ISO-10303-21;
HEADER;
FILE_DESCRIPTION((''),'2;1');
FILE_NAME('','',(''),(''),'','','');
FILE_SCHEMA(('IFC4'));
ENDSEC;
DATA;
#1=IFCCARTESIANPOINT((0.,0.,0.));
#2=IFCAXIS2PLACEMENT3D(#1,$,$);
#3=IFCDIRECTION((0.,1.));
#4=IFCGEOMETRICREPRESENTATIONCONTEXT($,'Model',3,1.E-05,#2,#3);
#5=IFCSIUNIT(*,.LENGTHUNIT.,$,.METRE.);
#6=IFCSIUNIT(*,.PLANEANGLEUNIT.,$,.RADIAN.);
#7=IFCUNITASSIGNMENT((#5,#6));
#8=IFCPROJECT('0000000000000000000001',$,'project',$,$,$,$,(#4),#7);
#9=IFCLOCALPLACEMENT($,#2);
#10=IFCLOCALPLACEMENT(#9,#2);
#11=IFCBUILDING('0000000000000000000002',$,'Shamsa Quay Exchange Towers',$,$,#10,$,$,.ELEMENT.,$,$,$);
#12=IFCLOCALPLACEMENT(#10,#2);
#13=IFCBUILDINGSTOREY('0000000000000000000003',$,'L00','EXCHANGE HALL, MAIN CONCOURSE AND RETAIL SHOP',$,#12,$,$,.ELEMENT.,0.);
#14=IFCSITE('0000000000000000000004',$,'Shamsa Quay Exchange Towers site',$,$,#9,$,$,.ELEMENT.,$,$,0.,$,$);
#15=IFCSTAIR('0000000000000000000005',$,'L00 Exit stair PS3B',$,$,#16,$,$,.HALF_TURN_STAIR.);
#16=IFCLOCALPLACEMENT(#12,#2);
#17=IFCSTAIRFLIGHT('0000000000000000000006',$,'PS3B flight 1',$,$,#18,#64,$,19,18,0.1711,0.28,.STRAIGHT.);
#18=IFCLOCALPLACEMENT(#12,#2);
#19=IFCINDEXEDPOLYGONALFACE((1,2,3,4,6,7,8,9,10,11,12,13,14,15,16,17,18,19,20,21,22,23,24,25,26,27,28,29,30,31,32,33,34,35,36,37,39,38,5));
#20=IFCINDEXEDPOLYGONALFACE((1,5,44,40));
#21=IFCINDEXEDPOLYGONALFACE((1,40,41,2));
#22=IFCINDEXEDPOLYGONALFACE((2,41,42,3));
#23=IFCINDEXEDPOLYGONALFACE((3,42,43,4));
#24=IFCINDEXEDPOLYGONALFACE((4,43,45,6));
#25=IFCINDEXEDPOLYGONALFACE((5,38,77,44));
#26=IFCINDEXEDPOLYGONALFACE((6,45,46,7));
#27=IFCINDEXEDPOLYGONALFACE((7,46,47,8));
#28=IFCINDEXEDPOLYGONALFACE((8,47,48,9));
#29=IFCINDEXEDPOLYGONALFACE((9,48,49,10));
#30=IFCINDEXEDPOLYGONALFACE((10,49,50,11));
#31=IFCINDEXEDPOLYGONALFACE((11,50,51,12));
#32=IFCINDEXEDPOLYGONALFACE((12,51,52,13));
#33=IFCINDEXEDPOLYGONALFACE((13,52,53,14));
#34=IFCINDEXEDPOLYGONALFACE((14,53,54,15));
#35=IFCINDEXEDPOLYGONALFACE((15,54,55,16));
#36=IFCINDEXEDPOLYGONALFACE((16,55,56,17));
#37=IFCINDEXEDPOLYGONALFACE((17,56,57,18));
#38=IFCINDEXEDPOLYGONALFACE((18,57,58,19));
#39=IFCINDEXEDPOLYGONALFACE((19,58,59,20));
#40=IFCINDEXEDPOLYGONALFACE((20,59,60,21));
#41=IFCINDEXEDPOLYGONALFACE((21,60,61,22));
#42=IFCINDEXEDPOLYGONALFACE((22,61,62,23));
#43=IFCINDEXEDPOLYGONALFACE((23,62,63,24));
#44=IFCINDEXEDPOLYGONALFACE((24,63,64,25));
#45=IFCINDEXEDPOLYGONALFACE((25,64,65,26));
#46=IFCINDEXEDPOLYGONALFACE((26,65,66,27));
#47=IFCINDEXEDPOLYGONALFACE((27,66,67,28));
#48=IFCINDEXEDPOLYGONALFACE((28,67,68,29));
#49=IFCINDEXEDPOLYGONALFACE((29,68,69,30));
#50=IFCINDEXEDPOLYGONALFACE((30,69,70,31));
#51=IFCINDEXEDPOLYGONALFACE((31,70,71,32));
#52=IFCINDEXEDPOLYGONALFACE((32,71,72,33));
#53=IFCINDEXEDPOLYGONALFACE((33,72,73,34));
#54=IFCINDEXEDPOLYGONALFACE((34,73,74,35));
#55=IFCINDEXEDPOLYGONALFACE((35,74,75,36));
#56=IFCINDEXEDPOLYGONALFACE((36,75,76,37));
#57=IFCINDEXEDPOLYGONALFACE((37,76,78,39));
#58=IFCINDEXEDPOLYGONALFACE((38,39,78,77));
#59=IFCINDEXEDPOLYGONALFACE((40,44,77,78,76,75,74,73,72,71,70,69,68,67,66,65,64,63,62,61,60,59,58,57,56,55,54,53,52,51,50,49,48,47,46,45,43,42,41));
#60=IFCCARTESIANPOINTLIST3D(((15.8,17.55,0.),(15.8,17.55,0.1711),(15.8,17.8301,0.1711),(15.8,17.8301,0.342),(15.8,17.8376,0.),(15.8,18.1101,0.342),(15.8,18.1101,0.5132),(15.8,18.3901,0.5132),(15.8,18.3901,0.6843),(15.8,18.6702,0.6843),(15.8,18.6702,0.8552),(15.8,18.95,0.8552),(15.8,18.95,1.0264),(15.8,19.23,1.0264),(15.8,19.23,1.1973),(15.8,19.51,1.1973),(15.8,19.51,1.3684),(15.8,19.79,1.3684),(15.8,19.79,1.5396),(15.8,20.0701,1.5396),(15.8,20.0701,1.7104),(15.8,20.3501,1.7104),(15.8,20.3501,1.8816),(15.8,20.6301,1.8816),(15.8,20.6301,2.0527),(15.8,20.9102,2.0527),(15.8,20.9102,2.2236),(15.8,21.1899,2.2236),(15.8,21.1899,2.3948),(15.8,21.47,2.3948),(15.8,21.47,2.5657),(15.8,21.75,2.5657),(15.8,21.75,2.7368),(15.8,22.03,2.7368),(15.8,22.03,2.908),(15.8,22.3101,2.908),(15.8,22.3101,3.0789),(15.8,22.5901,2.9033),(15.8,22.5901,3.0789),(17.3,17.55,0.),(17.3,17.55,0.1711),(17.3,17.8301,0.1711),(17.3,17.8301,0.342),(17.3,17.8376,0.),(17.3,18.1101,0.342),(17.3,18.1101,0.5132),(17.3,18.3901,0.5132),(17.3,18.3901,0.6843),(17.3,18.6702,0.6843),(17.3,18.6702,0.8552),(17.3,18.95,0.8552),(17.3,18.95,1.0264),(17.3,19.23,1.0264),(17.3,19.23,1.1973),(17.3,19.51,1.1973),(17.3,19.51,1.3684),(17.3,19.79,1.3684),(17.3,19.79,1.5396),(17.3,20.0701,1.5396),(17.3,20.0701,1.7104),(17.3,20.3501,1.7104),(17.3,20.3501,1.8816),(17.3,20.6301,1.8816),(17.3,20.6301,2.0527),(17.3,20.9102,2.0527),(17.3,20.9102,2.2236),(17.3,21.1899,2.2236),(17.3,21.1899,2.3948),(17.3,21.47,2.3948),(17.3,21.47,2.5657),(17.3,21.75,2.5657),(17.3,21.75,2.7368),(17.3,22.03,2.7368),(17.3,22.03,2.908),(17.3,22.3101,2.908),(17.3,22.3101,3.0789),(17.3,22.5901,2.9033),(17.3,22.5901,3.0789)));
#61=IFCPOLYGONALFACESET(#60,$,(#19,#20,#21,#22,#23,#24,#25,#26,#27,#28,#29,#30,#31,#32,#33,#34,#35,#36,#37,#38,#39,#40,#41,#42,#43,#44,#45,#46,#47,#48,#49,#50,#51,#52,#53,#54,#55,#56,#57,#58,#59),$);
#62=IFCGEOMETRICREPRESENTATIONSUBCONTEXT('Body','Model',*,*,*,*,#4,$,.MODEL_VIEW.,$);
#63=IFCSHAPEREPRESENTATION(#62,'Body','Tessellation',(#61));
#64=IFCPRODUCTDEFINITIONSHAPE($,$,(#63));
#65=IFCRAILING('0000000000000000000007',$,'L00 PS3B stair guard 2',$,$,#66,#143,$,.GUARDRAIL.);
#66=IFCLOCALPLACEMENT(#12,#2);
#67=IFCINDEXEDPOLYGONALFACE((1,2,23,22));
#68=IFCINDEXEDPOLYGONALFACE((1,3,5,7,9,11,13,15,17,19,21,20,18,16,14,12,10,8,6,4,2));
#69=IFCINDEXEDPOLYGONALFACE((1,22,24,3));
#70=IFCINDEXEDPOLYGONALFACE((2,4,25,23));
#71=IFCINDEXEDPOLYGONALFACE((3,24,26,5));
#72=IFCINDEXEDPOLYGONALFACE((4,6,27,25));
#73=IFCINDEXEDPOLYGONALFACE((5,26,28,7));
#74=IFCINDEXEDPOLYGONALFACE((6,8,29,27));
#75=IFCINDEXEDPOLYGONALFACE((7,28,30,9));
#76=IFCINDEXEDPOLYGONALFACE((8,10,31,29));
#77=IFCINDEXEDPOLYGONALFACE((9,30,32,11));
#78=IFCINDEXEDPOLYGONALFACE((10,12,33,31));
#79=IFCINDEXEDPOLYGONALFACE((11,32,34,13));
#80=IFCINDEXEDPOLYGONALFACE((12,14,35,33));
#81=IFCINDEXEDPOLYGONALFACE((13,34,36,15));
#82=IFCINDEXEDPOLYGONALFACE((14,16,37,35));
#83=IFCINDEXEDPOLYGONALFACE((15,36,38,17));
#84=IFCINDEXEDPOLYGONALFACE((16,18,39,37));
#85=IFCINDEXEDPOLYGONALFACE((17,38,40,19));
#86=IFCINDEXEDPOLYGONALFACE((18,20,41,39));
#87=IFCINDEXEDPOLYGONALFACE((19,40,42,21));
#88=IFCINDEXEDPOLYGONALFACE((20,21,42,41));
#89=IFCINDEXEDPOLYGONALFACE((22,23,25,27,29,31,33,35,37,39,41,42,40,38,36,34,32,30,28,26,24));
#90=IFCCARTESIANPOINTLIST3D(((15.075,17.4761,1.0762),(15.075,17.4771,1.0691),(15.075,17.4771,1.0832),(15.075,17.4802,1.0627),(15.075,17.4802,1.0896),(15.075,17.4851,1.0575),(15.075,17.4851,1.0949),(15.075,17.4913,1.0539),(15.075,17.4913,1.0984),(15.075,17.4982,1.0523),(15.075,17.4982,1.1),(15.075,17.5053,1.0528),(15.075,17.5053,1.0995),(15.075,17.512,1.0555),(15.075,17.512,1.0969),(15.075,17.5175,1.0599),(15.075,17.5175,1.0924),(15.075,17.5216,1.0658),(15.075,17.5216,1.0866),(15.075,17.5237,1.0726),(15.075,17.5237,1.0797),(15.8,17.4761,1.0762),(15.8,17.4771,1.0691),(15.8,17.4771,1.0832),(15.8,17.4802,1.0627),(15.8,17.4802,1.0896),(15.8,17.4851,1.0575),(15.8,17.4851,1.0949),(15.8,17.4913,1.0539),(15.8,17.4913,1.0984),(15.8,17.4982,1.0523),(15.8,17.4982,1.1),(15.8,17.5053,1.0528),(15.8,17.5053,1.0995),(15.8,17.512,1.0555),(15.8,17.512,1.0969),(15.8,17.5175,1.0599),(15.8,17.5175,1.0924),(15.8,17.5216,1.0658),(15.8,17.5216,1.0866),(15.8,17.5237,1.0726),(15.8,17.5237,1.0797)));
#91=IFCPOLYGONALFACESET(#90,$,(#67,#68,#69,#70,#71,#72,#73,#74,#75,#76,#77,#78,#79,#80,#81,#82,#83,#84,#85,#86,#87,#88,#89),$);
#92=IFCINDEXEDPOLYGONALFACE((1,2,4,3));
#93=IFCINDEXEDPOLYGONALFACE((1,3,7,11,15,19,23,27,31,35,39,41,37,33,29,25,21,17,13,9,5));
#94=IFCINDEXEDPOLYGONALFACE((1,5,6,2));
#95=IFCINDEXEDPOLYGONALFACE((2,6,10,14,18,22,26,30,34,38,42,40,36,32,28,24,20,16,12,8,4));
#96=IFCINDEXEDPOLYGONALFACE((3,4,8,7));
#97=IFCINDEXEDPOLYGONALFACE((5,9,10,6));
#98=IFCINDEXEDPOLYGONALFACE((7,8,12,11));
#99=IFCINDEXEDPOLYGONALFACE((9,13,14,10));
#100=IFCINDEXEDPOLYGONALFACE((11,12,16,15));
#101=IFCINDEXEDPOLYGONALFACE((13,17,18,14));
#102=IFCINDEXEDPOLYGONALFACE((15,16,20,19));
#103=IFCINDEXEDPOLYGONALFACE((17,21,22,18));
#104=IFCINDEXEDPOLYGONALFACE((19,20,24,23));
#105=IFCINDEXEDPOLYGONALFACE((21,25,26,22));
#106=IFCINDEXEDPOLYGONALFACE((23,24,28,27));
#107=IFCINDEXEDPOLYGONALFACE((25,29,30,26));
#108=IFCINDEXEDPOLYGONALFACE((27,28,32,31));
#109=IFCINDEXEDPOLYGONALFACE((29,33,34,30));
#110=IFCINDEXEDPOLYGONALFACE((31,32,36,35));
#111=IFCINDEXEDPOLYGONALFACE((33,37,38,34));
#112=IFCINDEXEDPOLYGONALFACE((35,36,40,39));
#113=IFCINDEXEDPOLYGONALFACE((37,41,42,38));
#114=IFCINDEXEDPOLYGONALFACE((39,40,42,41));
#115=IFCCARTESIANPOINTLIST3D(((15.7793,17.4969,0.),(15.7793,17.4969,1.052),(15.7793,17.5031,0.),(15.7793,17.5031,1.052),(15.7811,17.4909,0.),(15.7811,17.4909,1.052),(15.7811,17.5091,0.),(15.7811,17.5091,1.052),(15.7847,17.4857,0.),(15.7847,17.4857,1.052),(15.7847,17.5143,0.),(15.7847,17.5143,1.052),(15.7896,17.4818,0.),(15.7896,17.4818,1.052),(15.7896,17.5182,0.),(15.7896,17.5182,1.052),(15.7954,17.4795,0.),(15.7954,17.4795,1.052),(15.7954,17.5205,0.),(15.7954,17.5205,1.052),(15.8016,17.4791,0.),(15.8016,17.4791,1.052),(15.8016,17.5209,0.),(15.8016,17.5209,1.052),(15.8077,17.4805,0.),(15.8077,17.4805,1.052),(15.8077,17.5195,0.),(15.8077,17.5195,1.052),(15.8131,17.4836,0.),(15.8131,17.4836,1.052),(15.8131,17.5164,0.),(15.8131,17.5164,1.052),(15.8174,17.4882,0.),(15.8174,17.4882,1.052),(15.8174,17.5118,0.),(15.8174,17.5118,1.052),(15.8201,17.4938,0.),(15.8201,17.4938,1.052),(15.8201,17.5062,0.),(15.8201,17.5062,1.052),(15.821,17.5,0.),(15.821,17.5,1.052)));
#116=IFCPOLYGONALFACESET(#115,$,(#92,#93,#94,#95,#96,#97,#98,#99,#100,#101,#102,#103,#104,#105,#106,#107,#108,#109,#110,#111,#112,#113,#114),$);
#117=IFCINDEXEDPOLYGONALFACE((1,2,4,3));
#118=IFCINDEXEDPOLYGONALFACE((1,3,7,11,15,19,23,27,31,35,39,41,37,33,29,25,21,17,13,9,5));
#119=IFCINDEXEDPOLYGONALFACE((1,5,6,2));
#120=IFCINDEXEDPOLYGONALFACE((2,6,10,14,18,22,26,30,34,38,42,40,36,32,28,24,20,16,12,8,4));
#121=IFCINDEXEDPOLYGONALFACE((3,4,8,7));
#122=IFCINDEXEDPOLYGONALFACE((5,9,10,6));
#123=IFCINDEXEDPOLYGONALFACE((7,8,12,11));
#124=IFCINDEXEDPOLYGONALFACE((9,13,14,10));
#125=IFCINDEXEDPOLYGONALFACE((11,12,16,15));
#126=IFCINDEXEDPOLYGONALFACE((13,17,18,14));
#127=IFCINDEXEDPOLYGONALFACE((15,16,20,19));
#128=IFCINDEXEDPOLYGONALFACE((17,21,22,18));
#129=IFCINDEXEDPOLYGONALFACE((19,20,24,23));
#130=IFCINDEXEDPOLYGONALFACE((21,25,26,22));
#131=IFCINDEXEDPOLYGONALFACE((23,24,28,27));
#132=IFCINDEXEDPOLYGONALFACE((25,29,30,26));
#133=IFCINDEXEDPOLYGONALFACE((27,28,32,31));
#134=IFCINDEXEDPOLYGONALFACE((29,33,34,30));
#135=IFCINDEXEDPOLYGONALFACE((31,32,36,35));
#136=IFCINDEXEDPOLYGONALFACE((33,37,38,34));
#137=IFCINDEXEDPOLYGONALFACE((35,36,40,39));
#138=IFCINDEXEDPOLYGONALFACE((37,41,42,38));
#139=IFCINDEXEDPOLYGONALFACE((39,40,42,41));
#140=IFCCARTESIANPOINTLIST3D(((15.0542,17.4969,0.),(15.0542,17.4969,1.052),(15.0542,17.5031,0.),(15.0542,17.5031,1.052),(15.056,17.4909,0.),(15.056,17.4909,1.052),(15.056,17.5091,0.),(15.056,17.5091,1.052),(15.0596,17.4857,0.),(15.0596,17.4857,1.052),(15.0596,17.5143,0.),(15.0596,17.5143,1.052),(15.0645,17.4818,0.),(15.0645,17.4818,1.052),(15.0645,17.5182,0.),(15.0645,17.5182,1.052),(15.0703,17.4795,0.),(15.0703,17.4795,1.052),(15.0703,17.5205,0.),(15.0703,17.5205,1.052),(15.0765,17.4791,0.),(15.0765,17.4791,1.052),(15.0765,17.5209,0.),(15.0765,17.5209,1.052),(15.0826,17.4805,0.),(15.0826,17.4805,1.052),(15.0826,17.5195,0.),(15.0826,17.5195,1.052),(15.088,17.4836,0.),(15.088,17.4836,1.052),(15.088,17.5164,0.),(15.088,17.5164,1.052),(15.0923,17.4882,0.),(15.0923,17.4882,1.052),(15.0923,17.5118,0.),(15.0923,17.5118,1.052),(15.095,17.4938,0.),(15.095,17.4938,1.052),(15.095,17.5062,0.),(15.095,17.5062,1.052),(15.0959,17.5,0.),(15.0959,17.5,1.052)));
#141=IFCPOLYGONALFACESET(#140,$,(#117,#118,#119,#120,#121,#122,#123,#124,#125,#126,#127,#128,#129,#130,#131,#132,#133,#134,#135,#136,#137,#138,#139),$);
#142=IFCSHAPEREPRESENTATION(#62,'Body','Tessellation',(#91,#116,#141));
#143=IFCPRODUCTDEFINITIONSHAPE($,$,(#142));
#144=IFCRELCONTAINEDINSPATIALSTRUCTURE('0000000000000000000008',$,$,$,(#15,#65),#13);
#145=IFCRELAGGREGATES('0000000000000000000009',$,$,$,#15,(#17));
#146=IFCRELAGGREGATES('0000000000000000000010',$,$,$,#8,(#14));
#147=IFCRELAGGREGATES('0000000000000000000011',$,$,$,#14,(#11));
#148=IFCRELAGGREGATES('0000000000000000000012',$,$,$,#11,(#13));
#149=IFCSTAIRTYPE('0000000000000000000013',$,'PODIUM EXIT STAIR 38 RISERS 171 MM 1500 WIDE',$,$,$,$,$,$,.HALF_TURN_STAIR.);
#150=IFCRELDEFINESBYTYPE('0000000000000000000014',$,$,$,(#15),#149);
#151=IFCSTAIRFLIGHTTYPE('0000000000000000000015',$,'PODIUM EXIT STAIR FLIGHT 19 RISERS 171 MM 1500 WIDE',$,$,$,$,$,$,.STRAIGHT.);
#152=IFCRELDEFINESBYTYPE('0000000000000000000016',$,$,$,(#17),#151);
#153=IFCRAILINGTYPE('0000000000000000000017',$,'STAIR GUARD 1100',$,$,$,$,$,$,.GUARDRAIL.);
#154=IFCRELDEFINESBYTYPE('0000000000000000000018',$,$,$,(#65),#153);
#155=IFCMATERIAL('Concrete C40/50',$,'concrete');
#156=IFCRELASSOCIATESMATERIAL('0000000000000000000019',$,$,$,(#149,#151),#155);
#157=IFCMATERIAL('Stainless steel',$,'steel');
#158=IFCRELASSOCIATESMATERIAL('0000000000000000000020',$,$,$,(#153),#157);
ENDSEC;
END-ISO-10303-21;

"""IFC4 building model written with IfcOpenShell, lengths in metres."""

from ifc_helpers import new_model, si_unit, direction, frame, origin, origin_2d, place, context, subcontext, project, spatial, polyline, circle, outline, extrude, material, type_object, element, aggregate, save


model = new_model("IFC4")

# Units and contexts
model_context = context("Model", 3, precision=1e-05, world=origin(), true_north=direction((0.0, 1.0)))
body_context = subcontext(model_context, "Body", "Model", "MODEL_VIEW")
ifc_project = project(units=[si_unit("LENGTHUNIT", "METRE"), si_unit("PLANEANGLEUNIT", "RADIAN")], contexts=[model_context])

# Site, building, storey
site_placement = place(None, origin())
site = spatial("IfcSite", under=ifc_project, at=site_placement, Name="Shamsa Quay Exchange Towers site", CompositionType="ELEMENT", RefElevation=0.0)
building_placement = place(site_placement, origin())
building = spatial("IfcBuilding", under=site, at=building_placement, Name="Shamsa Quay Exchange Towers", CompositionType="ELEMENT")
storey_placement = place(building_placement, origin())
storey = spatial("IfcBuildingStorey", under=building, at=storey_placement, Name="L00", Description="EXCHANGE HALL, MAIN CONCOURSE AND RETAIL SHOP", CompositionType="ELEMENT", Elevation=0.0)

# Shared definitions
ifc_material_1 = material(Name="Concrete C40/50", Category="concrete")

# Stair, stair flight
stair_type = type_object("IfcStairType", Name="PODIUM EXIT STAIR 38 RISERS 171 MM 1500 WIDE", PredefinedType="HALF_TURN_STAIR", material=ifc_material_1)
stair_placement = place(storey_placement, origin())
stair = element("IfcStair", 1, at=stair_placement, inside=storey, type_object=stair_type, Name="L00 Exit stair PS3B", PredefinedType="HALF_TURN_STAIR")
stair_flight_type = type_object("IfcStairFlightType", Name="PODIUM EXIT STAIR FLIGHT 19 RISERS 171 MM 1500 WIDE", PredefinedType="STRAIGHT", material=ifc_material_1)
stair_flight_placement = place(storey_placement, frame((16.55, 17.55, 0.0), z_axis=(0.0, 0.0, 1.0), x_axis=(0.0, 1.0, 0.0)))
stair_flight = element("IfcStairFlight", 2, at=stair_flight_placement, type_object=stair_flight_type, Name="PS3B flight 1", NumberOfRisers=19, NumberOfTreads=18, PredefinedType="STRAIGHT", RiserHeight=0.1711, TreadLength=0.28, context=body_context, shape_type="SweptSolid", body=[
    extrude(outline(polyline([(0.0, 0.0), (0.0, 0.1711), (0.28, 0.1711), (0.28, 0.342), (0.5601, 0.342), (0.5601, 0.5132), (0.8401, 0.5132), (0.8401, 0.6843), (1.1201, 0.6843), (1.1201, 0.8552), (1.3999, 0.8552), (1.3999, 1.0264), (1.6799, 1.0264), (1.6799, 1.1973), (1.96, 1.1973), (1.96, 1.3684), (2.24, 1.3684), (2.24, 1.5396), (2.52, 1.5396), (2.52, 1.7104), (2.8, 1.7104), (2.8, 1.8816), (3.0801, 1.8816), (3.0801, 2.0527), (3.3601, 2.0527), (3.3601, 2.2236), (3.6399, 2.2236), (3.6399, 2.3948), (3.9199, 2.3948), (3.9199, 2.5657), (4.2, 2.5657), (4.2, 2.7368), (4.48, 2.7368), (4.48, 2.908), (4.76, 2.908), (4.76, 3.0789), (5.04, 3.0789), (5.04, 3.25), (5.04, 2.9033), (0.2876, 0.0), (0.0, 0.0)])), frame((0.0, 0.75, 0.0), z_axis=(0.0, -1.0, 0.0), x_axis=(1.0, 0.0, 0.0)), (0.0, 0.0, 1.0), 1.5),
])
aggregate(stair, [stair_flight])

# Railing
ifc_material_2 = material(Name="Stainless steel", Category="steel")
railing_type_1 = type_object("IfcRailingType", Name="STAIR GUARD 1100", PredefinedType="GUARDRAIL", material=ifc_material_2)
railing_1_placement = place(storey_placement, frame((15.8, 17.5, 0.0)))
element("IfcRailing", 3, at=railing_1_placement, inside=storey, type_object=railing_type_1, Name="L00 PS3B stair guard 2", PredefinedType="GUARDRAIL", context=body_context, shape_type="SweptSolid", body=[
    extrude(circle(Radius=0.0239, at=origin_2d()), frame((0.0, 0.0, 1.0762), z_axis=(-1.0, 0.0, 0.0), x_axis=(0.0, -1.0, 0.0)), (0.0, 0.0, 1.0), 0.7251),
    extrude(circle(Radius=0.021, at=origin_2d()), origin(), (0.0, 0.0, 1.0), 1.052),
    extrude(circle(Radius=0.021, at=origin_2d()), frame((-0.7251, 0.0, 0.0)), (0.0, 0.0, 1.0), 1.052),
])

save(model, "model.ifc")
